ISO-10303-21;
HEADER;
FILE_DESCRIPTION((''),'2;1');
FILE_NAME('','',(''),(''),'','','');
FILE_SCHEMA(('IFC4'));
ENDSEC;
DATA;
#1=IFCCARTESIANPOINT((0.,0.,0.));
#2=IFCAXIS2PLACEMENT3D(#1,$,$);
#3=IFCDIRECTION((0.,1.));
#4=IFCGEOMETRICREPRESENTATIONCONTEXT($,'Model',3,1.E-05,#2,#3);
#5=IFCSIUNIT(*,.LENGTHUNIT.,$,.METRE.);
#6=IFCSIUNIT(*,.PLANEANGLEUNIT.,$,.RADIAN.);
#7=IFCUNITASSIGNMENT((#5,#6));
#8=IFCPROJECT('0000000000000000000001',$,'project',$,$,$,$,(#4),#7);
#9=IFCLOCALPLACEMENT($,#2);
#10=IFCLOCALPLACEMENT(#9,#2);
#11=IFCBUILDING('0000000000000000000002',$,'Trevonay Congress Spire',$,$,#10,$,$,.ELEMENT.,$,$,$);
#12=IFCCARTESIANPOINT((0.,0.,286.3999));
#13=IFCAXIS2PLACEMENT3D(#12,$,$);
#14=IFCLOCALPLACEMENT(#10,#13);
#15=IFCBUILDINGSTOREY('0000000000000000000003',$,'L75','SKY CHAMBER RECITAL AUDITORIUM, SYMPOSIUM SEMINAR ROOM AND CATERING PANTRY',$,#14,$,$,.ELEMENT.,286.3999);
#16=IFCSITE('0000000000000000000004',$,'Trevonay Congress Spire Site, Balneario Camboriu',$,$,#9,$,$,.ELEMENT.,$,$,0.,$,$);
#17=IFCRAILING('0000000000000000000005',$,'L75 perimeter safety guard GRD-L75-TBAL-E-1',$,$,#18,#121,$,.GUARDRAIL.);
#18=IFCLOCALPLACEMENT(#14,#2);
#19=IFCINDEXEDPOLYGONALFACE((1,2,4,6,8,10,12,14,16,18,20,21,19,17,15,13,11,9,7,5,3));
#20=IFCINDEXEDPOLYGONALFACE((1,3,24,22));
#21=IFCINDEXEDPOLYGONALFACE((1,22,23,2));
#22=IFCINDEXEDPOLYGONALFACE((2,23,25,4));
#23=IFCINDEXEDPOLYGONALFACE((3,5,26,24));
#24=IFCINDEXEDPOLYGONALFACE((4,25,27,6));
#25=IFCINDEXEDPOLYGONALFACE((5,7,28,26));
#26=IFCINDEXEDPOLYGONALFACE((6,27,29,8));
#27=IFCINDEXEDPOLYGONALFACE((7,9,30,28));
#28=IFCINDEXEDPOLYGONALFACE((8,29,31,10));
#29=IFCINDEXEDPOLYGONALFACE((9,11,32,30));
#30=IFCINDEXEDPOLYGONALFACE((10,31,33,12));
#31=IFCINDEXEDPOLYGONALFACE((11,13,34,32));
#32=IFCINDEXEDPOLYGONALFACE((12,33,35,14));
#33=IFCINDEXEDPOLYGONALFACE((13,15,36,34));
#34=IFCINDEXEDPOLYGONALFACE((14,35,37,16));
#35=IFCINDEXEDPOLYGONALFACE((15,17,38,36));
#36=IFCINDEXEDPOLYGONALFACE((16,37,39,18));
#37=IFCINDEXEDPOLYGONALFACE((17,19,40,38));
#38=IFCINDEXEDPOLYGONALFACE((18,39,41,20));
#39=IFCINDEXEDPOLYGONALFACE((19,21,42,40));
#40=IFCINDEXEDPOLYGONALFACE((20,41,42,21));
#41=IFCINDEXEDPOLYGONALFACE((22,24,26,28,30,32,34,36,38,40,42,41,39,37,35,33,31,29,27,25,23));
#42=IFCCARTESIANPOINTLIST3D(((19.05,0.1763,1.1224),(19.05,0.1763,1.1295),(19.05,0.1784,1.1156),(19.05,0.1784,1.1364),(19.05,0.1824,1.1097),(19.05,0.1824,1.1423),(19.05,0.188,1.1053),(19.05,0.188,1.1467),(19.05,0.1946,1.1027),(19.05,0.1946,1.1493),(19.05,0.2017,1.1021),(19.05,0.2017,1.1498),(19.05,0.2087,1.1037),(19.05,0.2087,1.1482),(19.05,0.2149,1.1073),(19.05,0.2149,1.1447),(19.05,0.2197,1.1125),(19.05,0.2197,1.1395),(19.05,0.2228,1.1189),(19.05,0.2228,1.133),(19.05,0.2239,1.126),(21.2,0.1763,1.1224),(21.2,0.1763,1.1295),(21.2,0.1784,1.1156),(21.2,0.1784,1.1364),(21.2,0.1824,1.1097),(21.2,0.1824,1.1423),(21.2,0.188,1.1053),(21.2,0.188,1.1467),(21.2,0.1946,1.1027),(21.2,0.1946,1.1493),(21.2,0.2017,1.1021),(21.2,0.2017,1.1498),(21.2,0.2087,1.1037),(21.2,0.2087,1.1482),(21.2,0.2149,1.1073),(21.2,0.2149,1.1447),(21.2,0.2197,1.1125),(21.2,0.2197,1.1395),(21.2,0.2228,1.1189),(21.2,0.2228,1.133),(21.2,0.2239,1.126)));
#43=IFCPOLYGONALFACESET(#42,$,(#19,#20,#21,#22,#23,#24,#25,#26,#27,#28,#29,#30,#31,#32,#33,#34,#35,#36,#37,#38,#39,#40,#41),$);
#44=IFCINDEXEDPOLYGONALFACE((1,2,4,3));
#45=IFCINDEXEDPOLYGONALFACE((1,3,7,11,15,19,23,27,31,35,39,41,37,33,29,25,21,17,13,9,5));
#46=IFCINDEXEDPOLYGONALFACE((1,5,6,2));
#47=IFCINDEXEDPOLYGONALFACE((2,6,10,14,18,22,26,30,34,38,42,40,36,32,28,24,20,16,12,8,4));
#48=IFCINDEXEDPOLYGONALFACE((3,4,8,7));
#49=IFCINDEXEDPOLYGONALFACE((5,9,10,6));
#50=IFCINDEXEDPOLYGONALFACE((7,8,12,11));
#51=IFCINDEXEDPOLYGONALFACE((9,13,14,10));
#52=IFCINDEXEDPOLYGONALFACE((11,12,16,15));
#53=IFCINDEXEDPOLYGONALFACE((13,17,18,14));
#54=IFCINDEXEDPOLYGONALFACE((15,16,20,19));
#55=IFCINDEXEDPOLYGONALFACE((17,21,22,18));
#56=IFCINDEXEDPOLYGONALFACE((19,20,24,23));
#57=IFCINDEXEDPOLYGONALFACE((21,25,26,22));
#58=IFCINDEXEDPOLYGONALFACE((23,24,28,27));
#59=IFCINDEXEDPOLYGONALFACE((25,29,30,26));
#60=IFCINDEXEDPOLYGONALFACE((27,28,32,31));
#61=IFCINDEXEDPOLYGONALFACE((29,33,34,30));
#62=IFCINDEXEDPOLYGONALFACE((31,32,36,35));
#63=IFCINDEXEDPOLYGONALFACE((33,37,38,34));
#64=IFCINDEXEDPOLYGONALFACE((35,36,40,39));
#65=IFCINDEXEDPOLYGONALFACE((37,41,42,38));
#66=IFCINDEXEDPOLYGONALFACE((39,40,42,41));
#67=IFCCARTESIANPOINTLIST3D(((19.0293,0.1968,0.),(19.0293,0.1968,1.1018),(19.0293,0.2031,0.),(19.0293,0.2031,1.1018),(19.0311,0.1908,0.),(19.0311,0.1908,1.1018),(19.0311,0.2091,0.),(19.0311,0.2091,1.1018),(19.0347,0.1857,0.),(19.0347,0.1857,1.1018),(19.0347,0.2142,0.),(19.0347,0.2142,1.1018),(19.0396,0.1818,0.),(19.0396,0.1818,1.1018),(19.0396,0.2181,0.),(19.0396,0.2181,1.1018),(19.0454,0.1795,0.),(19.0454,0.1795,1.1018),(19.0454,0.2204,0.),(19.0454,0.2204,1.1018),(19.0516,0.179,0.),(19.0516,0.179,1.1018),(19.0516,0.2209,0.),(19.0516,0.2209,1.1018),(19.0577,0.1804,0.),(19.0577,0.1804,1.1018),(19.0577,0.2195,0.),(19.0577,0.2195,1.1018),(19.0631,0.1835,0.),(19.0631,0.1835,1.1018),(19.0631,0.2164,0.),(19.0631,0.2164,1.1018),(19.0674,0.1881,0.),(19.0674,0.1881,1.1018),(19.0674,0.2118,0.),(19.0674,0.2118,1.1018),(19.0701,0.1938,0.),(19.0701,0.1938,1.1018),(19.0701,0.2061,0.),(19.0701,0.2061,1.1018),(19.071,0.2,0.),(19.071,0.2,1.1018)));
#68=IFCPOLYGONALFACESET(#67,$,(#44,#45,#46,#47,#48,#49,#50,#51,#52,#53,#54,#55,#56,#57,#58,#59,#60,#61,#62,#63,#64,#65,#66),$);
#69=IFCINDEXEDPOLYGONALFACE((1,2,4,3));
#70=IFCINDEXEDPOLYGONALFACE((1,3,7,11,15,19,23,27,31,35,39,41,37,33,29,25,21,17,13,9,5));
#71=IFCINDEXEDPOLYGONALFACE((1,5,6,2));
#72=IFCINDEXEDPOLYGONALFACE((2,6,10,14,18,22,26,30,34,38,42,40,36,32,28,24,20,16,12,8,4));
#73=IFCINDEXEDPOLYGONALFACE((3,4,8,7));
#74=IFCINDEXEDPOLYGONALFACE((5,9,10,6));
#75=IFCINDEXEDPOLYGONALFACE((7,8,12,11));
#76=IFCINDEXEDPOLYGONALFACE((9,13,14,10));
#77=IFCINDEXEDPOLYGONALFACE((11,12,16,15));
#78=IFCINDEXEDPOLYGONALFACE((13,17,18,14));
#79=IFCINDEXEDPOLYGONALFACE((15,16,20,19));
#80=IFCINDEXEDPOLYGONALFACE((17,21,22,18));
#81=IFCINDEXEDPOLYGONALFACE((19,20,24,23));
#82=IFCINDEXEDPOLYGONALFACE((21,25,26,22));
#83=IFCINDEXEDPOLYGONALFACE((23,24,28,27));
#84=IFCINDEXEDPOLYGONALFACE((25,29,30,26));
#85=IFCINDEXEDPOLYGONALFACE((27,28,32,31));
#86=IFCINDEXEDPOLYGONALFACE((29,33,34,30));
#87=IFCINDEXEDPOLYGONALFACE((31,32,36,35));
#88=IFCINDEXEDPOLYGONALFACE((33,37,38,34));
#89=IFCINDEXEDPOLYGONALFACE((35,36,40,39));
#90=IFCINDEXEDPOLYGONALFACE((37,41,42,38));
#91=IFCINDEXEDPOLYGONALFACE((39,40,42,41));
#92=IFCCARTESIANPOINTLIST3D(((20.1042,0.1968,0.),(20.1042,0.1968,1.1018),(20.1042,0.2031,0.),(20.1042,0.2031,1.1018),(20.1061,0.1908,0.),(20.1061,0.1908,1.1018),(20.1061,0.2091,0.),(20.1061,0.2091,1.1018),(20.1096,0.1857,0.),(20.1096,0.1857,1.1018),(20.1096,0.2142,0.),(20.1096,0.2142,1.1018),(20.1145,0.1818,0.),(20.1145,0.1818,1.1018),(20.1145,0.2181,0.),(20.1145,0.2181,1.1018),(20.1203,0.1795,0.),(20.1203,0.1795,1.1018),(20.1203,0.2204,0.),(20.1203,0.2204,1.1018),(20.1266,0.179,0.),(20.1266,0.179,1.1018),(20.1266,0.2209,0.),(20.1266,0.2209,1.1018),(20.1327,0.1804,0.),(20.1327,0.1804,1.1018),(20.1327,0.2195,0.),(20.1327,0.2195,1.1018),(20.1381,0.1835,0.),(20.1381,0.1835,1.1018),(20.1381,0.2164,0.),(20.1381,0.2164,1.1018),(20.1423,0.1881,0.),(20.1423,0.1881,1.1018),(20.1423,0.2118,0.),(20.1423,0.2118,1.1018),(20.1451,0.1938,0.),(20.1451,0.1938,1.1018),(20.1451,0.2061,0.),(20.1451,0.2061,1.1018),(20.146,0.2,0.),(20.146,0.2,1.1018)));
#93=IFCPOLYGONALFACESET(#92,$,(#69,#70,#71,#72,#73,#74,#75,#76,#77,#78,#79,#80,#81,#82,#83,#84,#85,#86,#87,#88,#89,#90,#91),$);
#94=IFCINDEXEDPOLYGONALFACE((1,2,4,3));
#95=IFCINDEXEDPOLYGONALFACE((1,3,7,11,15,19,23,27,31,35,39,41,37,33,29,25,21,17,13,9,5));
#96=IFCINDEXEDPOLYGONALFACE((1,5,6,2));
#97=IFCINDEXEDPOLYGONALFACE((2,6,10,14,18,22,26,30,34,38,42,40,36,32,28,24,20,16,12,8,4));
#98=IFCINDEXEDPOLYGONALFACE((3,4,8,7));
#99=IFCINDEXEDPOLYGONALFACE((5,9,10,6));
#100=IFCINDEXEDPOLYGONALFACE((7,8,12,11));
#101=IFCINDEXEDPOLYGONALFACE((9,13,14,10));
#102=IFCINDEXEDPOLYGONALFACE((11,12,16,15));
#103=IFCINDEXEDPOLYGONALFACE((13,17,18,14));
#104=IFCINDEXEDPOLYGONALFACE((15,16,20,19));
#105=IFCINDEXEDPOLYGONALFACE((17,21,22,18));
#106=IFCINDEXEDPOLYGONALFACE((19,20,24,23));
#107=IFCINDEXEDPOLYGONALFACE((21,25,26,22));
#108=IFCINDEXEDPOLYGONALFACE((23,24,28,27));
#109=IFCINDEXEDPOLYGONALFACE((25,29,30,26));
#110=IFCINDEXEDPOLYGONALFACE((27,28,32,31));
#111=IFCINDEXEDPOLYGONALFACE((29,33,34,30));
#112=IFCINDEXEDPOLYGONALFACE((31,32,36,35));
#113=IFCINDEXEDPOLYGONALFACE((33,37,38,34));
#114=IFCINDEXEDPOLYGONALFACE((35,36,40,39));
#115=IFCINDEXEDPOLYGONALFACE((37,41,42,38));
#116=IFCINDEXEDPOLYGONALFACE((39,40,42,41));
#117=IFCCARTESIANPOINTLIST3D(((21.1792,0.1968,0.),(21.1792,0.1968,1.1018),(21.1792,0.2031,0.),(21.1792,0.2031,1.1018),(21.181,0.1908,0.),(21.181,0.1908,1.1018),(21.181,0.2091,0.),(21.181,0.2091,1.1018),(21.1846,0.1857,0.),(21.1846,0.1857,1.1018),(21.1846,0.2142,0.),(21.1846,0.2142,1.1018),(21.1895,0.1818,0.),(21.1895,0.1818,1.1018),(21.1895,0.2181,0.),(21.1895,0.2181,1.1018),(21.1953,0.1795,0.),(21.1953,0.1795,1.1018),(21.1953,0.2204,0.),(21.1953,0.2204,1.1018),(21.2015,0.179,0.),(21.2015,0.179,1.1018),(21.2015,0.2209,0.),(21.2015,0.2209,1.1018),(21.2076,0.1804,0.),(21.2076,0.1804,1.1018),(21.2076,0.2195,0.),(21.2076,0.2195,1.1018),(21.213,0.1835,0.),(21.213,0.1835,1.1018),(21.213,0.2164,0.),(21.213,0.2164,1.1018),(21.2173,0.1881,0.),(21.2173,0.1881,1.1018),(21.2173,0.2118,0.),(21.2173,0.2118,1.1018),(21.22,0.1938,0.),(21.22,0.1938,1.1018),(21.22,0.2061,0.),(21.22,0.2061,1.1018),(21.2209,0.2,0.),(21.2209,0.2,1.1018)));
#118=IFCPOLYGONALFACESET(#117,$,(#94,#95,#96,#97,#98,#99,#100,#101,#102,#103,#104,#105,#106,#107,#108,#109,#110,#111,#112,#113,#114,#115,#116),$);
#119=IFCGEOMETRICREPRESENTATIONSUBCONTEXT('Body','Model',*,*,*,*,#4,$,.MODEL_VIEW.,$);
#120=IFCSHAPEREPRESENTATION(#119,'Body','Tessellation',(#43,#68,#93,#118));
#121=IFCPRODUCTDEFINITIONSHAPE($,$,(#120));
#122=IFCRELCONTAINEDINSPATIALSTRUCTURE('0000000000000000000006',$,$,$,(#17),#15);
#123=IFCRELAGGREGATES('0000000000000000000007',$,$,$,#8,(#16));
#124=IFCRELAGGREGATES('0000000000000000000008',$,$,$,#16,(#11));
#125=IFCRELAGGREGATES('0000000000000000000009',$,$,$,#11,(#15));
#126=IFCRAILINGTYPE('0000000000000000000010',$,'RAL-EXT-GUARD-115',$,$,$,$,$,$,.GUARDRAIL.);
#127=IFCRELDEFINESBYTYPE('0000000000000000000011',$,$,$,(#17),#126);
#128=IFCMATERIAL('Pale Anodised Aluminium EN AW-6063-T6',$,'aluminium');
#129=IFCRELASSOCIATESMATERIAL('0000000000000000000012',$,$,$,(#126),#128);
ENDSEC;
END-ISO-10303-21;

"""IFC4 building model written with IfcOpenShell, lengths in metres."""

from ifc_helpers import new_model, si_unit, direction, frame, origin, origin_2d, place, context, subcontext, project, spatial, circle, extrude, material, type_object, element, save


model = new_model("IFC4")

# Units and contexts
model_context = context("Model", 3, precision=1e-05, world=origin(), true_north=direction((0.0, 1.0)))
body_context = subcontext(model_context, "Body", "Model", "MODEL_VIEW")
ifc_project = project(units=[si_unit("LENGTHUNIT", "METRE"), si_unit("PLANEANGLEUNIT", "RADIAN")], contexts=[model_context])

# Site, building, storey
site_placement = place(None, origin())
site = spatial("IfcSite", under=ifc_project, at=site_placement, Name="Trevonay Congress Spire Site, Balneario Camboriu", CompositionType="ELEMENT", RefElevation=0.0)
building_placement = place(site_placement, origin())
building = spatial("IfcBuilding", under=site, at=building_placement, Name="Trevonay Congress Spire", CompositionType="ELEMENT")
storey_placement = place(building_placement, frame((0.0, 0.0, 286.3999)))
storey = spatial("IfcBuildingStorey", under=building, at=storey_placement, Name="L75", Description="SKY CHAMBER RECITAL AUDITORIUM, SYMPOSIUM SEMINAR ROOM AND CATERING PANTRY", CompositionType="ELEMENT", Elevation=286.3999)

# Shared definitions
ifc_material_1 = material(Name="Pale Anodised Aluminium EN AW-6063-T6", Category="aluminium")

# Railing
railing_type = type_object("IfcRailingType", Name="RAL-EXT-GUARD-115", PredefinedType="GUARDRAIL", material=ifc_material_1)
railing_1_placement = place(storey_placement, frame((19.05, 0.2, 0.0)))
element("IfcRailing", 1, at=railing_1_placement, inside=storey, type_object=railing_type, Name="L75 perimeter safety guard GRD-L75-TBAL-E-1", PredefinedType="GUARDRAIL", context=body_context, shape_type="SweptSolid", body=[
    extrude(circle(Radius=0.0239, at=origin_2d()), frame((0.0, 0.0, 1.126), z_axis=(1.0, 0.0, 0.0), x_axis=(0.0, 1.0, 0.0)), (0.0, 0.0, 1.0), 2.1499),
    extrude(circle(Radius=0.021, at=origin_2d()), origin(), (0.0, 0.0, 1.0), 1.1018),
    extrude(circle(Radius=0.021, at=origin_2d()), frame((1.075, 0.0, 0.0)), (0.0, 0.0, 1.0), 1.1018),
    extrude(circle(Radius=0.021, at=origin_2d()), frame((2.1499, 0.0, 0.0)), (0.0, 0.0, 1.0), 1.1018),
])

save(model, "model.ifc")
